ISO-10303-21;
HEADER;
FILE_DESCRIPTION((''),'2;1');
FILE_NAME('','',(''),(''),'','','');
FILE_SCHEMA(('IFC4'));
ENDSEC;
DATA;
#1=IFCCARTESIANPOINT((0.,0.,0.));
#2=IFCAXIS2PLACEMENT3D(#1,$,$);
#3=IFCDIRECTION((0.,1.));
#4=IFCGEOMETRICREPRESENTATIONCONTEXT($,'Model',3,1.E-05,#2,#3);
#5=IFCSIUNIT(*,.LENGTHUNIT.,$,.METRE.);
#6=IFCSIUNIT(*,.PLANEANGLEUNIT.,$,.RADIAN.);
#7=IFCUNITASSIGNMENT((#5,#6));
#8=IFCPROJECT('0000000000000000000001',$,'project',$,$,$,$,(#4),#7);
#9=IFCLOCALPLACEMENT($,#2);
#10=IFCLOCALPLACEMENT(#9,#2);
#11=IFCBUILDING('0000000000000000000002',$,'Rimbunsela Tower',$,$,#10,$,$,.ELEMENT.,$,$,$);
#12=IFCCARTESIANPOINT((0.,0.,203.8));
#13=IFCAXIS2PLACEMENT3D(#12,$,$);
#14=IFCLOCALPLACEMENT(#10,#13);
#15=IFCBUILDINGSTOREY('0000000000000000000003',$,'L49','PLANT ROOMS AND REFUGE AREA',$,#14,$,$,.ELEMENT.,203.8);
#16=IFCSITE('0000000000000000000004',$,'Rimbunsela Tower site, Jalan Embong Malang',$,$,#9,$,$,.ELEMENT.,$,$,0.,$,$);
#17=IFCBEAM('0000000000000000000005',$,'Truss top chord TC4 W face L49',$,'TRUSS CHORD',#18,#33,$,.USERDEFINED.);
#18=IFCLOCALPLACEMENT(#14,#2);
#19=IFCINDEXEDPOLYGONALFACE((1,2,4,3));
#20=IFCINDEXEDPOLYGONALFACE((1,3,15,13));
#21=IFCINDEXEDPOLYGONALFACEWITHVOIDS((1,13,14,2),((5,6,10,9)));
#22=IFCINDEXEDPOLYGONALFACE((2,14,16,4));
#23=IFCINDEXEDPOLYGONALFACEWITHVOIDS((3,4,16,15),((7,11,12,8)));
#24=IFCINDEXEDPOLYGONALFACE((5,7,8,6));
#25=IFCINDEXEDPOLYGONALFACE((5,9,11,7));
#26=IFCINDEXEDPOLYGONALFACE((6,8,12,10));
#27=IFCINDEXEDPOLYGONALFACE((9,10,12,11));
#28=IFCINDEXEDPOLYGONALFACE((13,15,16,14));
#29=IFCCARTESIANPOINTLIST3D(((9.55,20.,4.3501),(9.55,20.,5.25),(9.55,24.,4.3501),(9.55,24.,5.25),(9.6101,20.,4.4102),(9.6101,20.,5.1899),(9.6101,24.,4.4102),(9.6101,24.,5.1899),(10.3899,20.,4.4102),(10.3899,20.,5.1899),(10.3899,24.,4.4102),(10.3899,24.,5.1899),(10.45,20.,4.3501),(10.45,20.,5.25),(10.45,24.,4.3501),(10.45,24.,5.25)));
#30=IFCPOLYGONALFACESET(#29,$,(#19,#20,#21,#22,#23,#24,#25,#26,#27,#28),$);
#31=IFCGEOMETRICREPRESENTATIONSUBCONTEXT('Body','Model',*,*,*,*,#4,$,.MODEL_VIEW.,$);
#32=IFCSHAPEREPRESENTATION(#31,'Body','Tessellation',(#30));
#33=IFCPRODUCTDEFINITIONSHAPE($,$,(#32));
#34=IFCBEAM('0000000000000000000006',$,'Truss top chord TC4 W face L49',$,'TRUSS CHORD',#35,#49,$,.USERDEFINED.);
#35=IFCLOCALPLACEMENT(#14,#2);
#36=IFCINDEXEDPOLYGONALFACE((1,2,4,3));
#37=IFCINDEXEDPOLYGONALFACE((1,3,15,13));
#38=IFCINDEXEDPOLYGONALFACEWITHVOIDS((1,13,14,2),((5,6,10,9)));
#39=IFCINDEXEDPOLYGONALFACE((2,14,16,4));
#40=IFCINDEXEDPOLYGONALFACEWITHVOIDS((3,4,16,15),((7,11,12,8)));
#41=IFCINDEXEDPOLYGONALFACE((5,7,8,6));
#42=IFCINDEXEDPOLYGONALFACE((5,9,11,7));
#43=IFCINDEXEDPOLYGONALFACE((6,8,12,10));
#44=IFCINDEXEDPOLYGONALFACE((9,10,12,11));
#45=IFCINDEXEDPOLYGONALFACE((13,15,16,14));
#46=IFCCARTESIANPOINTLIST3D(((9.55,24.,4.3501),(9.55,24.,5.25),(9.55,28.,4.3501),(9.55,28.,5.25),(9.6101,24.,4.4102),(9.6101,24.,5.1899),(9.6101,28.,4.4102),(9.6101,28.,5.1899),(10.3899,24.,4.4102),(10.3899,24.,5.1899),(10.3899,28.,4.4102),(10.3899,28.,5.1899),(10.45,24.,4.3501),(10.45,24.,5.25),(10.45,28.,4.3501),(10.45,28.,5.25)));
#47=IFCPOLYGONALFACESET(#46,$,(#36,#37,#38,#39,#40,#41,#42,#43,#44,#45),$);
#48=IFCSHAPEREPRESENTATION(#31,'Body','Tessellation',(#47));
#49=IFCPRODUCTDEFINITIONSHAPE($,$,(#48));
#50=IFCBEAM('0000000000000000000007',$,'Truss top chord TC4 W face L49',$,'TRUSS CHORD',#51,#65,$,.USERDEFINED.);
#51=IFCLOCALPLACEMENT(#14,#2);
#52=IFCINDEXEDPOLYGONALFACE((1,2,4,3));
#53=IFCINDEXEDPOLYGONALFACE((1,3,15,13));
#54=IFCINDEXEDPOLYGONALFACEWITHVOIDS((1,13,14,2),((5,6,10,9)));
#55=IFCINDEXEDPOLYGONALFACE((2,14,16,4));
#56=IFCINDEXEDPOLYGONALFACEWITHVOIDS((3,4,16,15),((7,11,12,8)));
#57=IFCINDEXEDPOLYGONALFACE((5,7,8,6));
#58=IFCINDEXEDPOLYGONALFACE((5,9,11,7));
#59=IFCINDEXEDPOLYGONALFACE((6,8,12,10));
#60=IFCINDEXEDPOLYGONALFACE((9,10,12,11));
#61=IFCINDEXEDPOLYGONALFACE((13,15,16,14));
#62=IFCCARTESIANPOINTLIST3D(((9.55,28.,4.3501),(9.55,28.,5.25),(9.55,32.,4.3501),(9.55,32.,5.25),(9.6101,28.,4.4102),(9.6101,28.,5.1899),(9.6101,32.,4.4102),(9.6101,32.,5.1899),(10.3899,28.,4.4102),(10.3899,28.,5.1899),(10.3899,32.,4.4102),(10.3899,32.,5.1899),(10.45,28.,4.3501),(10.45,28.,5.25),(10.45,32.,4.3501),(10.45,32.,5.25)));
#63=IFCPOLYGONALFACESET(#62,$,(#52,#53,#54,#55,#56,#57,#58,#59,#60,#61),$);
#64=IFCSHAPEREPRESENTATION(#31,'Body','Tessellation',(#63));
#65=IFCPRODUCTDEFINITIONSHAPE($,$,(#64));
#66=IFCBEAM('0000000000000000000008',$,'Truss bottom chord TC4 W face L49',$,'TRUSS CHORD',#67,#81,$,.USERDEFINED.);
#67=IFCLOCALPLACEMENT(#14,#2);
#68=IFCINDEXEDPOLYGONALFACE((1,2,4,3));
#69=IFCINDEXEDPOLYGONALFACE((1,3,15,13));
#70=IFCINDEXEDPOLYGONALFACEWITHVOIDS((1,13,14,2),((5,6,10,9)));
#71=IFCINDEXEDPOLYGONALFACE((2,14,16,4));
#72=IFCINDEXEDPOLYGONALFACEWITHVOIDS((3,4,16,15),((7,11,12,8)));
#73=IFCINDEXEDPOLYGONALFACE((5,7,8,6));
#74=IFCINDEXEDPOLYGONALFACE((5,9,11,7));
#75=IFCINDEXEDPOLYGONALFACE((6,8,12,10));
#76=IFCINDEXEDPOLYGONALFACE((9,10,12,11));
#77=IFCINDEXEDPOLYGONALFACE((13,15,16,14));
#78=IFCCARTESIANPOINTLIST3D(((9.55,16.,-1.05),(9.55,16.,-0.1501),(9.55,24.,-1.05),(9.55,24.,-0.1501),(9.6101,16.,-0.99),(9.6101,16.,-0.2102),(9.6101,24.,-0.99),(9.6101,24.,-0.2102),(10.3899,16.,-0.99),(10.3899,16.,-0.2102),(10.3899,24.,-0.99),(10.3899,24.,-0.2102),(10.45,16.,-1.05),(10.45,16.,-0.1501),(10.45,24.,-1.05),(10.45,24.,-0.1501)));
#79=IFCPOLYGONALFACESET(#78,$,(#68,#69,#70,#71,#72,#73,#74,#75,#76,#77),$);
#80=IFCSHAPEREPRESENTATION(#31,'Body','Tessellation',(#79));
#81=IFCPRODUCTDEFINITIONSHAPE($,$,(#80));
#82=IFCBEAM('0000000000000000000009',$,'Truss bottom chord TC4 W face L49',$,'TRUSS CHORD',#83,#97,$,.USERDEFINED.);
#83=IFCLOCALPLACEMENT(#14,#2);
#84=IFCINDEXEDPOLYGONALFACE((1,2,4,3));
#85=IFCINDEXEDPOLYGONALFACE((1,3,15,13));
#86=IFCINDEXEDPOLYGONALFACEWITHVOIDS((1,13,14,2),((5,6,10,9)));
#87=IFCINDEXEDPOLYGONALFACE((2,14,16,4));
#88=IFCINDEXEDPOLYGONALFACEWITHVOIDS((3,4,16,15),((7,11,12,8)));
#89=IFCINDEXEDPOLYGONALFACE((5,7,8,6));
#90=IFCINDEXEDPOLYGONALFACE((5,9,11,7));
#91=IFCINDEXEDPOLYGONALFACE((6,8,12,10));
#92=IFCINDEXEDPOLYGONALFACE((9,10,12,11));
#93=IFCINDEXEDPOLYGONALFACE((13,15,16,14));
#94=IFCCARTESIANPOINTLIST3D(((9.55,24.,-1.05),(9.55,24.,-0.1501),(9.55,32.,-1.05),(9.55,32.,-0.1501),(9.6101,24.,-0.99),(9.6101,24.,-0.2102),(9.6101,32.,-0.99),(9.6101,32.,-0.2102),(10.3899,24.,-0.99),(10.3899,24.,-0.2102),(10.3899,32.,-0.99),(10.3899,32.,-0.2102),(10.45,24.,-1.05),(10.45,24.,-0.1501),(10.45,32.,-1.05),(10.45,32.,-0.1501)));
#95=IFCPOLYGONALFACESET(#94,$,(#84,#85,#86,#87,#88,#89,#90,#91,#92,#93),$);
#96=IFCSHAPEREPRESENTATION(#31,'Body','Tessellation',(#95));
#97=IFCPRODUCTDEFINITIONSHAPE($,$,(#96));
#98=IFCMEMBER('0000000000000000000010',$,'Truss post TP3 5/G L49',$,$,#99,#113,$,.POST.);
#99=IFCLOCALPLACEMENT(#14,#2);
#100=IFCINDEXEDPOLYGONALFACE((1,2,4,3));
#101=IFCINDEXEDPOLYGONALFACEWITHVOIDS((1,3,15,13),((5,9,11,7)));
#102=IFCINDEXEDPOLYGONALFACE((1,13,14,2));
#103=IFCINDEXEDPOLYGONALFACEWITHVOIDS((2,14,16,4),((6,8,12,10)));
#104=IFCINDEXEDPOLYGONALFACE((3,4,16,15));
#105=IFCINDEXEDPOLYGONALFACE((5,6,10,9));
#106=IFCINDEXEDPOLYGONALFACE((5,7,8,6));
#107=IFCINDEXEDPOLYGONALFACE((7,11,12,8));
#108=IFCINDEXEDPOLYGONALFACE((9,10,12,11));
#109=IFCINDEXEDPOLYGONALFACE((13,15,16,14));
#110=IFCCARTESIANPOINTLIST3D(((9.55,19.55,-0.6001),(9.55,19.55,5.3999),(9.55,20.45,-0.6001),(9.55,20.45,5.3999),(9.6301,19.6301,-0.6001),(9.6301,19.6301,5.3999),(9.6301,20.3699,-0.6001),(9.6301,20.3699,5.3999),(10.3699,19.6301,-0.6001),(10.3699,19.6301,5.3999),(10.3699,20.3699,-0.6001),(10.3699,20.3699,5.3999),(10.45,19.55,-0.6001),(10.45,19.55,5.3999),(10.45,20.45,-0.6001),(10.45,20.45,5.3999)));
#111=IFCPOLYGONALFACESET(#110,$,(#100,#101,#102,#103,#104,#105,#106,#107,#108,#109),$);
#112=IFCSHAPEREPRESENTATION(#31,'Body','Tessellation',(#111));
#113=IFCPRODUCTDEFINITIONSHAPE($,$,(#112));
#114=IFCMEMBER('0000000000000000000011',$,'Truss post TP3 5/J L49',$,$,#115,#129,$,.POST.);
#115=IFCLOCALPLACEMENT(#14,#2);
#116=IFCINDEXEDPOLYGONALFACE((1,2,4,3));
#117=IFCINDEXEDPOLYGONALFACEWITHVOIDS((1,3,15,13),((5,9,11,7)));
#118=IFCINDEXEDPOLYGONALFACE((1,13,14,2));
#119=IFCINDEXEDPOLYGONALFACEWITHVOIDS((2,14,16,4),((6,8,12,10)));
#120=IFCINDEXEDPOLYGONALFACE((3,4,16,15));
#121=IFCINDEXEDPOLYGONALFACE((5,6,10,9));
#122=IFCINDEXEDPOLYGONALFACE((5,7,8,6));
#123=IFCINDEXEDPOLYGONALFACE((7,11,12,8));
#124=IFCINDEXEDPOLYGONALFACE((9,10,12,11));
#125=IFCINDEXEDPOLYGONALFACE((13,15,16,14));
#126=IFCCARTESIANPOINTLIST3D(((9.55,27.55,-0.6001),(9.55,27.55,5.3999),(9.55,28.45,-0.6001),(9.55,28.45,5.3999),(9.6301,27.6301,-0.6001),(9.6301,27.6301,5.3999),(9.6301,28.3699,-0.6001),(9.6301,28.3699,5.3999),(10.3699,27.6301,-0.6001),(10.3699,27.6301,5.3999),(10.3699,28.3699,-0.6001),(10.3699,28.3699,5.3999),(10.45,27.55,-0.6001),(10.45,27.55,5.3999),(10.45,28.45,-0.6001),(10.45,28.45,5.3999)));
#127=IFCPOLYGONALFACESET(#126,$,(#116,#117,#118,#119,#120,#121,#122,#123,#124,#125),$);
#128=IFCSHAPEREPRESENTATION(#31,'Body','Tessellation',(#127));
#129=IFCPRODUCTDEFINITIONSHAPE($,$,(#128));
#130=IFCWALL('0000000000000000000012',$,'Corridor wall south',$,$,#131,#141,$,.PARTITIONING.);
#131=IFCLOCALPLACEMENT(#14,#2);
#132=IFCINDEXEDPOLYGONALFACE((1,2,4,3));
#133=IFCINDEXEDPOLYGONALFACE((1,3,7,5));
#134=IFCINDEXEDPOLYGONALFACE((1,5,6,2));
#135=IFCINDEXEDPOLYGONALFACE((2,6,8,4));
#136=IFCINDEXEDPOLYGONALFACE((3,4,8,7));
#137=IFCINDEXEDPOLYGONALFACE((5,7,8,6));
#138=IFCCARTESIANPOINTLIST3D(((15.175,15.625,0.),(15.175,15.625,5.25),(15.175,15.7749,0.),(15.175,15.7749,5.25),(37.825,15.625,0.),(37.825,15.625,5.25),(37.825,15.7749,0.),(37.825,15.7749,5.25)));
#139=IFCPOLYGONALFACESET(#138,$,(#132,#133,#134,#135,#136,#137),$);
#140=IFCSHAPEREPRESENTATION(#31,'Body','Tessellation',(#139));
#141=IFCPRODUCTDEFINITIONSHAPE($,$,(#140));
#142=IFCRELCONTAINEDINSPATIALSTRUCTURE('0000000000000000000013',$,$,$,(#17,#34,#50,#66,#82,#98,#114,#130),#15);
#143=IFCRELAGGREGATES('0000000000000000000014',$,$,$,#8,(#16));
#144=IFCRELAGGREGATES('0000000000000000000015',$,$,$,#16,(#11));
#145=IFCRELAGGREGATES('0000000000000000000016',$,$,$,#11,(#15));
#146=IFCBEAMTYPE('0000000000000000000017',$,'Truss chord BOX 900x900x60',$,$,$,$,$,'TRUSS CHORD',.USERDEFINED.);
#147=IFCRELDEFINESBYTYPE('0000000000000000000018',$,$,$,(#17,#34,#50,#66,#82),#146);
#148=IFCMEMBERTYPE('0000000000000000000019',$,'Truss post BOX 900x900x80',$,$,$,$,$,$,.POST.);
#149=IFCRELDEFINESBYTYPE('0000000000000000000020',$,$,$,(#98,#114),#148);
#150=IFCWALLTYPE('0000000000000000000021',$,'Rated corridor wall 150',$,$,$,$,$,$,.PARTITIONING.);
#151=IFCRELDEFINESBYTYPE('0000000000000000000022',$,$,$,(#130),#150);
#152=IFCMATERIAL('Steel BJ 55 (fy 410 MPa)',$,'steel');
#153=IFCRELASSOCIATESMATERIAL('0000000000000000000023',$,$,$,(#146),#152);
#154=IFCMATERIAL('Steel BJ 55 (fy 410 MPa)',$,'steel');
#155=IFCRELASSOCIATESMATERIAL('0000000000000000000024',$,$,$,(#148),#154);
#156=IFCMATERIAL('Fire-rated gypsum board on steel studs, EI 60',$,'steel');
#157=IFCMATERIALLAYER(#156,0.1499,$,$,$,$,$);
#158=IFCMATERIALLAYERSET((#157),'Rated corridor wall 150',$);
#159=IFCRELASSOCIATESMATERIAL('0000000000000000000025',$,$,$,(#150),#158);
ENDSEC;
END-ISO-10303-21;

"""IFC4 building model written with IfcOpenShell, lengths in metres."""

from ifc_helpers import new_model, si_unit, direction, frame, frame_2d, origin, origin_2d, place, context, subcontext, project, spatial, rectangle, hollow_rectangle, extrude, material, layer, layer_set, material_profile, profile_set, type_object, element, save


model = new_model("IFC4")

# Units and contexts
model_context = context("Model", 3, precision=1e-05, world=origin(), true_north=direction((0.0, 1.0)))
body_context = subcontext(model_context, "Body", "Model", "MODEL_VIEW")
ifc_project = project(units=[si_unit("LENGTHUNIT", "METRE"), si_unit("PLANEANGLEUNIT", "RADIAN")], contexts=[model_context])

# Site, building, storey
site_placement = place(None, origin())
site = spatial("IfcSite", under=ifc_project, at=site_placement, Name="Rimbunsela Tower site, Jalan Embong Malang", CompositionType="ELEMENT", RefElevation=0.0)
building_placement = place(site_placement, origin())
building = spatial("IfcBuilding", under=site, at=building_placement, Name="Rimbunsela Tower", CompositionType="ELEMENT")
storey_placement = place(building_placement, frame((0.0, 0.0, 203.8)))
storey = spatial("IfcBuildingStorey", under=building, at=storey_placement, Name="L49", Description="PLANT ROOMS AND REFUGE AREA", CompositionType="ELEMENT", Elevation=203.8)

# Beams
ifc_material_1 = material(Name="Steel BJ 55 (fy 410 MPa)", Category="steel")
ifc_material_profile_1 = material_profile(ifc_material_1, hollow_rectangle(XDim=0.8999, YDim=0.8999, WallThickness=0.0601, at=origin_2d()), Name="BOX 900x900x60")
ifc_profile_set_1 = profile_set([ifc_material_profile_1], Name="Steel BJ 55 (fy 410 MPa)")
beam_type_1 = type_object("IfcBeamType", Name="Truss chord BOX 900x900x60", ElementType="TRUSS CHORD", PredefinedType="USERDEFINED", material=ifc_profile_set_1)
for number, where, z_axis, x_axis, name in (
    (1, (10.0, 20.0, 4.8), (0.0, 1.0, 0.0), (-1.0, 0.0, 0.0), "Truss top chord TC4 W face L49"),
    (2, (10.0, 24.0, 4.8), (0.0, 1.0, 0.0), (-1.0, 0.0, 0.0), "Truss top chord TC4 W face L49"),
    (3, (10.0, 28.0, 4.8), (0.0, 1.0, 0.0), (-1.0, 0.0, 0.0), "Truss top chord TC4 W face L49"),
):
    element("IfcBeam", number, at=place(storey_placement, frame(where, z_axis=z_axis, x_axis=x_axis)), inside=storey, type_object=beam_type_1, Name=name, ObjectType="TRUSS CHORD", PredefinedType="USERDEFINED", context=body_context, shape_type="SweptSolid", body=[
        extrude(hollow_rectangle(XDim=0.8999, YDim=0.8999, WallThickness=0.0601, at=origin_2d()), origin(), (0.0, 0.0, 1.0), 4.0),
    ])
for number, where, z_axis, x_axis, name in (
    (4, (10.0, 16.0, -0.6001), (0.0, 1.0, 0.0), (-1.0, 0.0, 0.0), "Truss bottom chord TC4 W face L49"),
    (5, (10.0, 24.0, -0.6001), (0.0, 1.0, 0.0), (-1.0, 0.0, 0.0), "Truss bottom chord TC4 W face L49"),
):
    element("IfcBeam", number, at=place(storey_placement, frame(where, z_axis=z_axis, x_axis=x_axis)), inside=storey, type_object=beam_type_1, Name=name, ObjectType="TRUSS CHORD", PredefinedType="USERDEFINED", context=body_context, shape_type="SweptSolid", body=[
        extrude(hollow_rectangle(XDim=0.8999, YDim=0.8999, WallThickness=0.0601, at=origin_2d()), origin(), (0.0, 0.0, 1.0), 8.0),
    ])

# Members
ifc_material_2 = material(Name="Steel BJ 55 (fy 410 MPa)", Category="steel")
ifc_material_profile_2 = material_profile(ifc_material_2, hollow_rectangle(XDim=0.8999, YDim=0.8999, WallThickness=0.0801, at=origin_2d()), Name="BOX 900x900x80")
ifc_profile_set_2 = profile_set([ifc_material_profile_2], Name="Steel BJ 55 (fy 410 MPa)")
member_type_1 = type_object("IfcMemberType", Name="Truss post BOX 900x900x80", PredefinedType="POST", material=ifc_profile_set_2)
for number, where, z_axis, x_axis, name in (
    (6, (10.0, 20.0, -0.6001), (0.0, 0.0, 1.0), (1.0, 0.0, 0.0), "Truss post TP3 5/G L49"),
    (7, (10.0, 28.0, -0.6001), (0.0, 0.0, 1.0), (1.0, 0.0, 0.0), "Truss post TP3 5/J L49"),
):
    element("IfcMember", number, at=place(storey_placement, frame(where, z_axis=z_axis, x_axis=x_axis)), inside=storey, type_object=member_type_1, Name=name, PredefinedType="POST", context=body_context, shape_type="SweptSolid", body=[
        extrude(hollow_rectangle(XDim=0.8999, YDim=0.8999, WallThickness=0.0801, at=origin_2d()), origin(), (0.0, 0.0, 1.0), 6.0),
    ])

# Wall
ifc_material_3 = material(Name="Fire-rated gypsum board on steel studs, EI 60", Category="steel")
ifc_layer = layer(ifc_material_3, 0.1499)
ifc_layer_set = layer_set([ifc_layer], Name="Rated corridor wall 150")
wall_type = type_object("IfcWallType", Name="Rated corridor wall 150", PredefinedType="PARTITIONING", material=ifc_layer_set)
wall_placement = place(storey_placement, frame((15.175, 15.7, 0.0), z_axis=(0.0, 0.0, 1.0), x_axis=(1.0, 0.0, 0.0)))
element("IfcWall", 8, at=wall_placement, inside=storey, type_object=wall_type, Name="Corridor wall south", PredefinedType="PARTITIONING", context=body_context, shape_type="SweptSolid", body=[
    extrude(rectangle(XDim=22.6499, YDim=0.1499, at=frame_2d((11.325, 0.0))), origin(), (0.0, 0.0, 1.0), 5.25),
])

save(model, "model.ifc")
